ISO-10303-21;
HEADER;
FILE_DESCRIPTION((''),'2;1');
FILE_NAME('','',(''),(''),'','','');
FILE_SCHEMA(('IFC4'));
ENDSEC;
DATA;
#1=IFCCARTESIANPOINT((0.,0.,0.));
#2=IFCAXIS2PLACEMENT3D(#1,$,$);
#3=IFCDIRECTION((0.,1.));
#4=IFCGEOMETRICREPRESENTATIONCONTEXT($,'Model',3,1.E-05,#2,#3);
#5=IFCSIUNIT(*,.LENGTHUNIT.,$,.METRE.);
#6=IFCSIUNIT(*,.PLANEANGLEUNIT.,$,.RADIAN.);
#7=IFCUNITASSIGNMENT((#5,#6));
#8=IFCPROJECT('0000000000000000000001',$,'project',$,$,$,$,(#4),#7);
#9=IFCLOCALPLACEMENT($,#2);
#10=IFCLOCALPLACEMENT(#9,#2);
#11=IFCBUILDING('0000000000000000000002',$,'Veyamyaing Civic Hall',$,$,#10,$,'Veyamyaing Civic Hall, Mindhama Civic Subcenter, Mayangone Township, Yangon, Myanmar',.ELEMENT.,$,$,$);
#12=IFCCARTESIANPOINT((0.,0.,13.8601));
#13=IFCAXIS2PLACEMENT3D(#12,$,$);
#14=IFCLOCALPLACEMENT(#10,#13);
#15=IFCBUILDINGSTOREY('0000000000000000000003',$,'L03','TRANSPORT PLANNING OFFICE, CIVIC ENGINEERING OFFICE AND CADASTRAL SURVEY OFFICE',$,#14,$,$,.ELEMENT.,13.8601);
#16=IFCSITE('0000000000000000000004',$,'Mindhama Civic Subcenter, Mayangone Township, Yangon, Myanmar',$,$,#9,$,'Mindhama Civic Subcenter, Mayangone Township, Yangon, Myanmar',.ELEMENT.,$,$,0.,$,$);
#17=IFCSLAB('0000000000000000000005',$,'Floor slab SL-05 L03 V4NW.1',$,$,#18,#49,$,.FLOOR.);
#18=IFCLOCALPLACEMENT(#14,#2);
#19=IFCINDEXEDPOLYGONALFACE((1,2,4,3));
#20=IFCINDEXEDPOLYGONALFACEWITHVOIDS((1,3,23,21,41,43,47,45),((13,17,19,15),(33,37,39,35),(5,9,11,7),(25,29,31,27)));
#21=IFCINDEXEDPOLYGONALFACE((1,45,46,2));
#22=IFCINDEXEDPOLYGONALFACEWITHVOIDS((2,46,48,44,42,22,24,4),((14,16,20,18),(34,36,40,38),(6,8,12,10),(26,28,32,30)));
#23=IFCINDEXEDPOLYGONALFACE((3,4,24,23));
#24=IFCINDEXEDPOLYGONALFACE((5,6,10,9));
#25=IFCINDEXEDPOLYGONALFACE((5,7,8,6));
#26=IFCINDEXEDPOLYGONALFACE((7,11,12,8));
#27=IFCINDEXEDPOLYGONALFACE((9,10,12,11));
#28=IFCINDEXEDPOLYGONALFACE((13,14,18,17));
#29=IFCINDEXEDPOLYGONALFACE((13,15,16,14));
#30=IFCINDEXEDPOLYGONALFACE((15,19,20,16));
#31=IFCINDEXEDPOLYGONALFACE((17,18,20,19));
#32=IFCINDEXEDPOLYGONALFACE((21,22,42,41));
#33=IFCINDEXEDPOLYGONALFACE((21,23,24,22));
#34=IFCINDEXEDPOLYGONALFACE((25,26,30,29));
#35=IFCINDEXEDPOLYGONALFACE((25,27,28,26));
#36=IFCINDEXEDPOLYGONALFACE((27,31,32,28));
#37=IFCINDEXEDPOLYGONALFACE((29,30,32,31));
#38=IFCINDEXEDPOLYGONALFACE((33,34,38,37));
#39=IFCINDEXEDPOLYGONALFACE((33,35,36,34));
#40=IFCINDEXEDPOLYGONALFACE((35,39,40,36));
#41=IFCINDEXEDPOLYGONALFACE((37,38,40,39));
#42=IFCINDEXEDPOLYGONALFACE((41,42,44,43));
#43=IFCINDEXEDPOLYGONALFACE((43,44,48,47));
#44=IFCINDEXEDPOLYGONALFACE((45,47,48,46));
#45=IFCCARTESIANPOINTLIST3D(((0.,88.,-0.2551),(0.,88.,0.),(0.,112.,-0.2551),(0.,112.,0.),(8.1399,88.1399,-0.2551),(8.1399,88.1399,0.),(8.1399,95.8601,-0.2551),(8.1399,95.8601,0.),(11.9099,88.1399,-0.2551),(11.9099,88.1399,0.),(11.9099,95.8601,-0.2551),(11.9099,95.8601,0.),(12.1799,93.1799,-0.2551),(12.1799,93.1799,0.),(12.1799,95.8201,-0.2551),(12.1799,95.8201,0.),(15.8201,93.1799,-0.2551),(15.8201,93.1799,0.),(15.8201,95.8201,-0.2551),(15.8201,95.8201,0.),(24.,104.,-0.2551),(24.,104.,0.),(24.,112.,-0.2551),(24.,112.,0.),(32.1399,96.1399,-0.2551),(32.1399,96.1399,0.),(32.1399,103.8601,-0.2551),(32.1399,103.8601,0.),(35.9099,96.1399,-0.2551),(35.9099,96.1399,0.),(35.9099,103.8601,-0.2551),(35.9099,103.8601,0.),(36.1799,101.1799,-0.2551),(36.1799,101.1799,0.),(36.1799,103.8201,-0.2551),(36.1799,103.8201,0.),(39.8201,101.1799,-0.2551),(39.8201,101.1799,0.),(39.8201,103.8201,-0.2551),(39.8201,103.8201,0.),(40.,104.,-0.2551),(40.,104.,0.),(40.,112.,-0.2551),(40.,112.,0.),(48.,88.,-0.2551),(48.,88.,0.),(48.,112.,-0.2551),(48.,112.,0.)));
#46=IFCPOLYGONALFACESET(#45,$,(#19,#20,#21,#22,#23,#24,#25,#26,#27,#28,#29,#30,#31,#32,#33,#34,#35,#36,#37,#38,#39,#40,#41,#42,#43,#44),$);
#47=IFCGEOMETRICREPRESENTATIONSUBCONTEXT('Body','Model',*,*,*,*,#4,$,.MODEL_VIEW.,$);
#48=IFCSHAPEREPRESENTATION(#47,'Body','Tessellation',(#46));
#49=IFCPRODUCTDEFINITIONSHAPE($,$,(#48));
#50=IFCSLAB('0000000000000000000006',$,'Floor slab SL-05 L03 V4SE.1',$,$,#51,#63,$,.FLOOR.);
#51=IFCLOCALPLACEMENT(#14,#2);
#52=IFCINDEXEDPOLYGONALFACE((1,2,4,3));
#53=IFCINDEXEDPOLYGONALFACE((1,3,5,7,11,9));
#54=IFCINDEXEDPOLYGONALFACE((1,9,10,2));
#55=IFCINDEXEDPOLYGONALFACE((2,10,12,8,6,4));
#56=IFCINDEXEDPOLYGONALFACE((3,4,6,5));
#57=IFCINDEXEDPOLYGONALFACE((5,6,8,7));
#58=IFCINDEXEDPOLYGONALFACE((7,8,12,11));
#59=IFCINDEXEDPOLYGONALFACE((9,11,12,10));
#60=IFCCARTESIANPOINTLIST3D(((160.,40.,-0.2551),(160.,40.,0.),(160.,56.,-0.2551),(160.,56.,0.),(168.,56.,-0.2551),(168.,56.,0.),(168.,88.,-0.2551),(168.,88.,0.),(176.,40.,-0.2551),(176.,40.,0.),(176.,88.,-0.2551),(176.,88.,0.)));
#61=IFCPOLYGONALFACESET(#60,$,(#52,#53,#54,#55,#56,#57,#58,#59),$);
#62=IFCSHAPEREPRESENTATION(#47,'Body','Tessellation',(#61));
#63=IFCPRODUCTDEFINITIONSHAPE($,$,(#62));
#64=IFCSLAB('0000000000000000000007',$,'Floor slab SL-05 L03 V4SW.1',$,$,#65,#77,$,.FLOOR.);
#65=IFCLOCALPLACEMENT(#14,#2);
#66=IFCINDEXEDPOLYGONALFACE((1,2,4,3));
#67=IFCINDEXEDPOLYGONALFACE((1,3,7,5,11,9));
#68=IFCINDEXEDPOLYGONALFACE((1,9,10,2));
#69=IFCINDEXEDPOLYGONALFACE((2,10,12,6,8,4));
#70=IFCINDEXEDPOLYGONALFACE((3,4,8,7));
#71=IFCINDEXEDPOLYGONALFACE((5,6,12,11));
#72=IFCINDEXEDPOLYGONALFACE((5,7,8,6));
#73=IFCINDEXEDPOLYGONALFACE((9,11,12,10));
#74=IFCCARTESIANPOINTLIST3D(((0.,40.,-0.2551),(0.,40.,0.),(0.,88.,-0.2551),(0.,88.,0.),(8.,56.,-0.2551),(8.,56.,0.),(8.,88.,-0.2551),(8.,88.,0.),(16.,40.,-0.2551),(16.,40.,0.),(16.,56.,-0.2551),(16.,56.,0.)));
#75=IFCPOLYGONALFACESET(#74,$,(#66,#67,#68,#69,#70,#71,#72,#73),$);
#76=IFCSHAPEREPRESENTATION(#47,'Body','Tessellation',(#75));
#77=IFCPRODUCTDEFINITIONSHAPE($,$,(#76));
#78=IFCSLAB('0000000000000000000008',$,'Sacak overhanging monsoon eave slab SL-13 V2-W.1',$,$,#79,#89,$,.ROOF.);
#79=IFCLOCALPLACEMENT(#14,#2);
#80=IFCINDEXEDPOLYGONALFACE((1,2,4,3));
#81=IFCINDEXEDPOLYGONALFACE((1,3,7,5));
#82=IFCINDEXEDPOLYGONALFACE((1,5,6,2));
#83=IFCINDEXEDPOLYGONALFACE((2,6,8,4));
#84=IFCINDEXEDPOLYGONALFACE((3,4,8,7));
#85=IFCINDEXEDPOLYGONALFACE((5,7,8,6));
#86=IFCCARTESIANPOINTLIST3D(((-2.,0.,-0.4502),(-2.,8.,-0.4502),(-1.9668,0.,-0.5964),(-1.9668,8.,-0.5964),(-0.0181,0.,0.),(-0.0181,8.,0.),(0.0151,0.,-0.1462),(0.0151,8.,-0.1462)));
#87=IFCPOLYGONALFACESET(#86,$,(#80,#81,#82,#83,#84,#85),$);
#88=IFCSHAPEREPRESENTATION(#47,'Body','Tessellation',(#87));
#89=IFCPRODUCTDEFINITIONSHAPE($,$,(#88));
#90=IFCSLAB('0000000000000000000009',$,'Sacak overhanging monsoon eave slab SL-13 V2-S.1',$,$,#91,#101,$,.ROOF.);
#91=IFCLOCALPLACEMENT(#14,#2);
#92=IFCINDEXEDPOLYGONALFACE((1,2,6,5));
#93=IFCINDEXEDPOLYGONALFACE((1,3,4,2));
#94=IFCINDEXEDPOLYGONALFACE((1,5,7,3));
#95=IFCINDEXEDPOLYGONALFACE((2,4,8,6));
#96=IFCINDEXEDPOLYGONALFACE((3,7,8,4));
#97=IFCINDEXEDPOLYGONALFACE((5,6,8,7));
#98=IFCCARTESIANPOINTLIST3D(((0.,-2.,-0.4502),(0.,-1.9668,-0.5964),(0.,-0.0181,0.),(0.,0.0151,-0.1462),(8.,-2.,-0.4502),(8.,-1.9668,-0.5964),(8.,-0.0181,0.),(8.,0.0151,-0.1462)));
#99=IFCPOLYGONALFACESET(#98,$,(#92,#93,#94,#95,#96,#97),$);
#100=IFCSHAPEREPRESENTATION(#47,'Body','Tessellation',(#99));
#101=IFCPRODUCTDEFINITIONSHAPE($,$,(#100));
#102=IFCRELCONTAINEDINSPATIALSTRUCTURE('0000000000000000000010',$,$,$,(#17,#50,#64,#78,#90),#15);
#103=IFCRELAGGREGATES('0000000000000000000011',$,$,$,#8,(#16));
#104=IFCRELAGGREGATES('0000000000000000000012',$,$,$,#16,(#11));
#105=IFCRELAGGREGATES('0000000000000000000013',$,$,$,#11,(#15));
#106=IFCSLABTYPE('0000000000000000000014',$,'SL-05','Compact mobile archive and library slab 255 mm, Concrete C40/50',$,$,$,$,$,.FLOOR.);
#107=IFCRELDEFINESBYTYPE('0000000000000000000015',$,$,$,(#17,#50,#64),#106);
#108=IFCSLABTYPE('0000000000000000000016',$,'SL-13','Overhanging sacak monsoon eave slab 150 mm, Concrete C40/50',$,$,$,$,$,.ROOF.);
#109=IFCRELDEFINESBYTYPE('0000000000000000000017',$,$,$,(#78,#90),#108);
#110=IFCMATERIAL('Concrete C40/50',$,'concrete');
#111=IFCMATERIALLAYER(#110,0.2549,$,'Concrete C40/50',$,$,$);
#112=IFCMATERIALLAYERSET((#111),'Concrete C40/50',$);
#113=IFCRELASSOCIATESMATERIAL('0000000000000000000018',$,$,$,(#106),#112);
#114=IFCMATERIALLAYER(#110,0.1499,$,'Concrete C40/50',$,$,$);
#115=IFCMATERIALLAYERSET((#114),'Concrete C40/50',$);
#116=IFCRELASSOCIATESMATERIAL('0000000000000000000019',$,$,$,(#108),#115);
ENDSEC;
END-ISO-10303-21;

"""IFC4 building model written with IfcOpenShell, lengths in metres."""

from ifc_helpers import new_model, si_unit, direction, frame, origin, place, context, subcontext, project, spatial, polyline, outline, extrude, material, layer, layer_set, type_object, element, save


model = new_model("IFC4")

# Units and contexts
model_context = context("Model", 3, precision=1e-05, world=origin(), true_north=direction((0.0, 1.0)))
body_context = subcontext(model_context, "Body", "Model", "MODEL_VIEW")
ifc_project = project(units=[si_unit("LENGTHUNIT", "METRE"), si_unit("PLANEANGLEUNIT", "RADIAN")], contexts=[model_context])

# Site, building, storey
site_placement = place(None, origin())
site = spatial("IfcSite", under=ifc_project, at=site_placement, Name="Mindhama Civic Subcenter, Mayangone Township, Yangon, Myanmar", LongName="Mindhama Civic Subcenter, Mayangone Township, Yangon, Myanmar", CompositionType="ELEMENT", RefElevation=0.0)
building_placement = place(site_placement, origin())
building = spatial("IfcBuilding", under=site, at=building_placement, Name="Veyamyaing Civic Hall", LongName="Veyamyaing Civic Hall, Mindhama Civic Subcenter, Mayangone Township, Yangon, Myanmar", CompositionType="ELEMENT")
storey_placement = place(building_placement, frame((0.0, 0.0, 13.8601)))
storey = spatial("IfcBuildingStorey", under=building, at=storey_placement, Name="L03", Description="TRANSPORT PLANNING OFFICE, CIVIC ENGINEERING OFFICE AND CADASTRAL SURVEY OFFICE", CompositionType="ELEMENT", Elevation=13.8601)

# Slabs
ifc_material_1 = material(Name="Concrete C40/50", Category="concrete")
ifc_layer_1 = layer(ifc_material_1, 0.2549, Name="Concrete C40/50")
ifc_layer_set_1 = layer_set([ifc_layer_1], Name="Concrete C40/50")
slab_type_1 = type_object("IfcSlabType", Name="SL-05", Description="Compact mobile archive and library slab 255 mm, Concrete C40/50", PredefinedType="FLOOR", material=ifc_layer_set_1)
slab_1_placement = place(storey_placement, frame((0.0, 0.0, -0.2551)))
element("IfcSlab", 1, at=slab_1_placement, inside=storey, type_object=slab_type_1, Name="Floor slab SL-05 L03 V4NW.1", PredefinedType="FLOOR", context=body_context, shape_type="SweptSolid", body=[
    extrude(outline(polyline([(0.0, 112.0), (24.0, 112.0), (24.0, 104.0), (40.0, 104.0), (40.0, 112.0), (48.0, 112.0), (48.0, 88.0), (0.0, 88.0), (0.0, 112.0)]), holes=[polyline([(11.9099, 95.8601), (8.1399, 95.8601), (8.1399, 88.1399), (11.9099, 88.1399), (11.9099, 95.8601)]), polyline([(15.8201, 95.8201), (12.1799, 95.8201), (12.1799, 93.1799), (15.8201, 93.1799), (15.8201, 95.8201)]), polyline([(35.9099, 103.8601), (32.1399, 103.8601), (32.1399, 96.1399), (35.9099, 96.1399), (35.9099, 103.8601)]), polyline([(39.8201, 103.8201), (36.1799, 103.8201), (36.1799, 101.1799), (39.8201, 101.1799), (39.8201, 103.8201)])]), origin(), (0.0, 0.0, 1.0), 0.2551),
])
slab_2_placement = place(storey_placement, frame((0.0, 0.0, -0.2551)))
element("IfcSlab", 2, at=slab_2_placement, inside=storey, type_object=slab_type_1, Name="Floor slab SL-05 L03 V4SE.1", PredefinedType="FLOOR", context=body_context, shape_type="SweptSolid", body=[
    extrude(outline(polyline([(168.0, 56.0), (168.0, 88.0), (176.0, 88.0), (176.0, 40.0), (160.0, 40.0), (160.0, 56.0), (168.0, 56.0)])), origin(), (0.0, 0.0, 1.0), 0.2551),
])
slab_3_placement = place(storey_placement, frame((0.0, 0.0, -0.2551)))
element("IfcSlab", 3, at=slab_3_placement, inside=storey, type_object=slab_type_1, Name="Floor slab SL-05 L03 V4SW.1", PredefinedType="FLOOR", context=body_context, shape_type="SweptSolid", body=[
    extrude(outline(polyline([(0.0, 40.0), (0.0, 88.0), (8.0, 88.0), (8.0, 56.0), (16.0, 56.0), (16.0, 40.0), (0.0, 40.0)])), origin(), (0.0, 0.0, 1.0), 0.2551),
])
ifc_layer_2 = layer(ifc_material_1, 0.1499, Name="Concrete C40/50")
ifc_layer_set_2 = layer_set([ifc_layer_2], Name="Concrete C40/50")
slab_type_2 = type_object("IfcSlabType", Name="SL-13", Description="Overhanging sacak monsoon eave slab 150 mm, Concrete C40/50", PredefinedType="ROOF", material=ifc_layer_set_2)
slab_4_placement = place(storey_placement, frame((-2.0, 0.0, -0.4502), z_axis=(-0.221507, 0.0, 0.975159), x_axis=(0.975159, 0.0, 0.221507)))
element("IfcSlab", 4, at=slab_4_placement, inside=storey, type_object=slab_type_2, Name="Sacak overhanging monsoon eave slab SL-13 V2-W.1", PredefinedType="ROOF", context=body_context, shape_type="SweptSolid", body=[
    extrude(outline(polyline([(0.0, 0.0), (2.0324, 0.0), (2.0324, 8.0), (0.0, 8.0), (0.0, 0.0)])), origin(), (0.0, 0.0, -1.0), 0.1499),
])
slab_5_placement = place(storey_placement, frame((0.0, -2.0, -0.4502), z_axis=(0.0, -0.221507, 0.975159), x_axis=(1.0, 0.0, 0.0)))
element("IfcSlab", 5, at=slab_5_placement, inside=storey, type_object=slab_type_2, Name="Sacak overhanging monsoon eave slab SL-13 V2-S.1", PredefinedType="ROOF", context=body_context, shape_type="SweptSolid", body=[
    extrude(outline(polyline([(0.0, 0.0), (8.0, 0.0), (8.0, 2.0324), (0.0, 2.0324), (0.0, 0.0)])), origin(), (0.0, 0.0, -1.0), 0.1499),
])

save(model, "model.ifc")
